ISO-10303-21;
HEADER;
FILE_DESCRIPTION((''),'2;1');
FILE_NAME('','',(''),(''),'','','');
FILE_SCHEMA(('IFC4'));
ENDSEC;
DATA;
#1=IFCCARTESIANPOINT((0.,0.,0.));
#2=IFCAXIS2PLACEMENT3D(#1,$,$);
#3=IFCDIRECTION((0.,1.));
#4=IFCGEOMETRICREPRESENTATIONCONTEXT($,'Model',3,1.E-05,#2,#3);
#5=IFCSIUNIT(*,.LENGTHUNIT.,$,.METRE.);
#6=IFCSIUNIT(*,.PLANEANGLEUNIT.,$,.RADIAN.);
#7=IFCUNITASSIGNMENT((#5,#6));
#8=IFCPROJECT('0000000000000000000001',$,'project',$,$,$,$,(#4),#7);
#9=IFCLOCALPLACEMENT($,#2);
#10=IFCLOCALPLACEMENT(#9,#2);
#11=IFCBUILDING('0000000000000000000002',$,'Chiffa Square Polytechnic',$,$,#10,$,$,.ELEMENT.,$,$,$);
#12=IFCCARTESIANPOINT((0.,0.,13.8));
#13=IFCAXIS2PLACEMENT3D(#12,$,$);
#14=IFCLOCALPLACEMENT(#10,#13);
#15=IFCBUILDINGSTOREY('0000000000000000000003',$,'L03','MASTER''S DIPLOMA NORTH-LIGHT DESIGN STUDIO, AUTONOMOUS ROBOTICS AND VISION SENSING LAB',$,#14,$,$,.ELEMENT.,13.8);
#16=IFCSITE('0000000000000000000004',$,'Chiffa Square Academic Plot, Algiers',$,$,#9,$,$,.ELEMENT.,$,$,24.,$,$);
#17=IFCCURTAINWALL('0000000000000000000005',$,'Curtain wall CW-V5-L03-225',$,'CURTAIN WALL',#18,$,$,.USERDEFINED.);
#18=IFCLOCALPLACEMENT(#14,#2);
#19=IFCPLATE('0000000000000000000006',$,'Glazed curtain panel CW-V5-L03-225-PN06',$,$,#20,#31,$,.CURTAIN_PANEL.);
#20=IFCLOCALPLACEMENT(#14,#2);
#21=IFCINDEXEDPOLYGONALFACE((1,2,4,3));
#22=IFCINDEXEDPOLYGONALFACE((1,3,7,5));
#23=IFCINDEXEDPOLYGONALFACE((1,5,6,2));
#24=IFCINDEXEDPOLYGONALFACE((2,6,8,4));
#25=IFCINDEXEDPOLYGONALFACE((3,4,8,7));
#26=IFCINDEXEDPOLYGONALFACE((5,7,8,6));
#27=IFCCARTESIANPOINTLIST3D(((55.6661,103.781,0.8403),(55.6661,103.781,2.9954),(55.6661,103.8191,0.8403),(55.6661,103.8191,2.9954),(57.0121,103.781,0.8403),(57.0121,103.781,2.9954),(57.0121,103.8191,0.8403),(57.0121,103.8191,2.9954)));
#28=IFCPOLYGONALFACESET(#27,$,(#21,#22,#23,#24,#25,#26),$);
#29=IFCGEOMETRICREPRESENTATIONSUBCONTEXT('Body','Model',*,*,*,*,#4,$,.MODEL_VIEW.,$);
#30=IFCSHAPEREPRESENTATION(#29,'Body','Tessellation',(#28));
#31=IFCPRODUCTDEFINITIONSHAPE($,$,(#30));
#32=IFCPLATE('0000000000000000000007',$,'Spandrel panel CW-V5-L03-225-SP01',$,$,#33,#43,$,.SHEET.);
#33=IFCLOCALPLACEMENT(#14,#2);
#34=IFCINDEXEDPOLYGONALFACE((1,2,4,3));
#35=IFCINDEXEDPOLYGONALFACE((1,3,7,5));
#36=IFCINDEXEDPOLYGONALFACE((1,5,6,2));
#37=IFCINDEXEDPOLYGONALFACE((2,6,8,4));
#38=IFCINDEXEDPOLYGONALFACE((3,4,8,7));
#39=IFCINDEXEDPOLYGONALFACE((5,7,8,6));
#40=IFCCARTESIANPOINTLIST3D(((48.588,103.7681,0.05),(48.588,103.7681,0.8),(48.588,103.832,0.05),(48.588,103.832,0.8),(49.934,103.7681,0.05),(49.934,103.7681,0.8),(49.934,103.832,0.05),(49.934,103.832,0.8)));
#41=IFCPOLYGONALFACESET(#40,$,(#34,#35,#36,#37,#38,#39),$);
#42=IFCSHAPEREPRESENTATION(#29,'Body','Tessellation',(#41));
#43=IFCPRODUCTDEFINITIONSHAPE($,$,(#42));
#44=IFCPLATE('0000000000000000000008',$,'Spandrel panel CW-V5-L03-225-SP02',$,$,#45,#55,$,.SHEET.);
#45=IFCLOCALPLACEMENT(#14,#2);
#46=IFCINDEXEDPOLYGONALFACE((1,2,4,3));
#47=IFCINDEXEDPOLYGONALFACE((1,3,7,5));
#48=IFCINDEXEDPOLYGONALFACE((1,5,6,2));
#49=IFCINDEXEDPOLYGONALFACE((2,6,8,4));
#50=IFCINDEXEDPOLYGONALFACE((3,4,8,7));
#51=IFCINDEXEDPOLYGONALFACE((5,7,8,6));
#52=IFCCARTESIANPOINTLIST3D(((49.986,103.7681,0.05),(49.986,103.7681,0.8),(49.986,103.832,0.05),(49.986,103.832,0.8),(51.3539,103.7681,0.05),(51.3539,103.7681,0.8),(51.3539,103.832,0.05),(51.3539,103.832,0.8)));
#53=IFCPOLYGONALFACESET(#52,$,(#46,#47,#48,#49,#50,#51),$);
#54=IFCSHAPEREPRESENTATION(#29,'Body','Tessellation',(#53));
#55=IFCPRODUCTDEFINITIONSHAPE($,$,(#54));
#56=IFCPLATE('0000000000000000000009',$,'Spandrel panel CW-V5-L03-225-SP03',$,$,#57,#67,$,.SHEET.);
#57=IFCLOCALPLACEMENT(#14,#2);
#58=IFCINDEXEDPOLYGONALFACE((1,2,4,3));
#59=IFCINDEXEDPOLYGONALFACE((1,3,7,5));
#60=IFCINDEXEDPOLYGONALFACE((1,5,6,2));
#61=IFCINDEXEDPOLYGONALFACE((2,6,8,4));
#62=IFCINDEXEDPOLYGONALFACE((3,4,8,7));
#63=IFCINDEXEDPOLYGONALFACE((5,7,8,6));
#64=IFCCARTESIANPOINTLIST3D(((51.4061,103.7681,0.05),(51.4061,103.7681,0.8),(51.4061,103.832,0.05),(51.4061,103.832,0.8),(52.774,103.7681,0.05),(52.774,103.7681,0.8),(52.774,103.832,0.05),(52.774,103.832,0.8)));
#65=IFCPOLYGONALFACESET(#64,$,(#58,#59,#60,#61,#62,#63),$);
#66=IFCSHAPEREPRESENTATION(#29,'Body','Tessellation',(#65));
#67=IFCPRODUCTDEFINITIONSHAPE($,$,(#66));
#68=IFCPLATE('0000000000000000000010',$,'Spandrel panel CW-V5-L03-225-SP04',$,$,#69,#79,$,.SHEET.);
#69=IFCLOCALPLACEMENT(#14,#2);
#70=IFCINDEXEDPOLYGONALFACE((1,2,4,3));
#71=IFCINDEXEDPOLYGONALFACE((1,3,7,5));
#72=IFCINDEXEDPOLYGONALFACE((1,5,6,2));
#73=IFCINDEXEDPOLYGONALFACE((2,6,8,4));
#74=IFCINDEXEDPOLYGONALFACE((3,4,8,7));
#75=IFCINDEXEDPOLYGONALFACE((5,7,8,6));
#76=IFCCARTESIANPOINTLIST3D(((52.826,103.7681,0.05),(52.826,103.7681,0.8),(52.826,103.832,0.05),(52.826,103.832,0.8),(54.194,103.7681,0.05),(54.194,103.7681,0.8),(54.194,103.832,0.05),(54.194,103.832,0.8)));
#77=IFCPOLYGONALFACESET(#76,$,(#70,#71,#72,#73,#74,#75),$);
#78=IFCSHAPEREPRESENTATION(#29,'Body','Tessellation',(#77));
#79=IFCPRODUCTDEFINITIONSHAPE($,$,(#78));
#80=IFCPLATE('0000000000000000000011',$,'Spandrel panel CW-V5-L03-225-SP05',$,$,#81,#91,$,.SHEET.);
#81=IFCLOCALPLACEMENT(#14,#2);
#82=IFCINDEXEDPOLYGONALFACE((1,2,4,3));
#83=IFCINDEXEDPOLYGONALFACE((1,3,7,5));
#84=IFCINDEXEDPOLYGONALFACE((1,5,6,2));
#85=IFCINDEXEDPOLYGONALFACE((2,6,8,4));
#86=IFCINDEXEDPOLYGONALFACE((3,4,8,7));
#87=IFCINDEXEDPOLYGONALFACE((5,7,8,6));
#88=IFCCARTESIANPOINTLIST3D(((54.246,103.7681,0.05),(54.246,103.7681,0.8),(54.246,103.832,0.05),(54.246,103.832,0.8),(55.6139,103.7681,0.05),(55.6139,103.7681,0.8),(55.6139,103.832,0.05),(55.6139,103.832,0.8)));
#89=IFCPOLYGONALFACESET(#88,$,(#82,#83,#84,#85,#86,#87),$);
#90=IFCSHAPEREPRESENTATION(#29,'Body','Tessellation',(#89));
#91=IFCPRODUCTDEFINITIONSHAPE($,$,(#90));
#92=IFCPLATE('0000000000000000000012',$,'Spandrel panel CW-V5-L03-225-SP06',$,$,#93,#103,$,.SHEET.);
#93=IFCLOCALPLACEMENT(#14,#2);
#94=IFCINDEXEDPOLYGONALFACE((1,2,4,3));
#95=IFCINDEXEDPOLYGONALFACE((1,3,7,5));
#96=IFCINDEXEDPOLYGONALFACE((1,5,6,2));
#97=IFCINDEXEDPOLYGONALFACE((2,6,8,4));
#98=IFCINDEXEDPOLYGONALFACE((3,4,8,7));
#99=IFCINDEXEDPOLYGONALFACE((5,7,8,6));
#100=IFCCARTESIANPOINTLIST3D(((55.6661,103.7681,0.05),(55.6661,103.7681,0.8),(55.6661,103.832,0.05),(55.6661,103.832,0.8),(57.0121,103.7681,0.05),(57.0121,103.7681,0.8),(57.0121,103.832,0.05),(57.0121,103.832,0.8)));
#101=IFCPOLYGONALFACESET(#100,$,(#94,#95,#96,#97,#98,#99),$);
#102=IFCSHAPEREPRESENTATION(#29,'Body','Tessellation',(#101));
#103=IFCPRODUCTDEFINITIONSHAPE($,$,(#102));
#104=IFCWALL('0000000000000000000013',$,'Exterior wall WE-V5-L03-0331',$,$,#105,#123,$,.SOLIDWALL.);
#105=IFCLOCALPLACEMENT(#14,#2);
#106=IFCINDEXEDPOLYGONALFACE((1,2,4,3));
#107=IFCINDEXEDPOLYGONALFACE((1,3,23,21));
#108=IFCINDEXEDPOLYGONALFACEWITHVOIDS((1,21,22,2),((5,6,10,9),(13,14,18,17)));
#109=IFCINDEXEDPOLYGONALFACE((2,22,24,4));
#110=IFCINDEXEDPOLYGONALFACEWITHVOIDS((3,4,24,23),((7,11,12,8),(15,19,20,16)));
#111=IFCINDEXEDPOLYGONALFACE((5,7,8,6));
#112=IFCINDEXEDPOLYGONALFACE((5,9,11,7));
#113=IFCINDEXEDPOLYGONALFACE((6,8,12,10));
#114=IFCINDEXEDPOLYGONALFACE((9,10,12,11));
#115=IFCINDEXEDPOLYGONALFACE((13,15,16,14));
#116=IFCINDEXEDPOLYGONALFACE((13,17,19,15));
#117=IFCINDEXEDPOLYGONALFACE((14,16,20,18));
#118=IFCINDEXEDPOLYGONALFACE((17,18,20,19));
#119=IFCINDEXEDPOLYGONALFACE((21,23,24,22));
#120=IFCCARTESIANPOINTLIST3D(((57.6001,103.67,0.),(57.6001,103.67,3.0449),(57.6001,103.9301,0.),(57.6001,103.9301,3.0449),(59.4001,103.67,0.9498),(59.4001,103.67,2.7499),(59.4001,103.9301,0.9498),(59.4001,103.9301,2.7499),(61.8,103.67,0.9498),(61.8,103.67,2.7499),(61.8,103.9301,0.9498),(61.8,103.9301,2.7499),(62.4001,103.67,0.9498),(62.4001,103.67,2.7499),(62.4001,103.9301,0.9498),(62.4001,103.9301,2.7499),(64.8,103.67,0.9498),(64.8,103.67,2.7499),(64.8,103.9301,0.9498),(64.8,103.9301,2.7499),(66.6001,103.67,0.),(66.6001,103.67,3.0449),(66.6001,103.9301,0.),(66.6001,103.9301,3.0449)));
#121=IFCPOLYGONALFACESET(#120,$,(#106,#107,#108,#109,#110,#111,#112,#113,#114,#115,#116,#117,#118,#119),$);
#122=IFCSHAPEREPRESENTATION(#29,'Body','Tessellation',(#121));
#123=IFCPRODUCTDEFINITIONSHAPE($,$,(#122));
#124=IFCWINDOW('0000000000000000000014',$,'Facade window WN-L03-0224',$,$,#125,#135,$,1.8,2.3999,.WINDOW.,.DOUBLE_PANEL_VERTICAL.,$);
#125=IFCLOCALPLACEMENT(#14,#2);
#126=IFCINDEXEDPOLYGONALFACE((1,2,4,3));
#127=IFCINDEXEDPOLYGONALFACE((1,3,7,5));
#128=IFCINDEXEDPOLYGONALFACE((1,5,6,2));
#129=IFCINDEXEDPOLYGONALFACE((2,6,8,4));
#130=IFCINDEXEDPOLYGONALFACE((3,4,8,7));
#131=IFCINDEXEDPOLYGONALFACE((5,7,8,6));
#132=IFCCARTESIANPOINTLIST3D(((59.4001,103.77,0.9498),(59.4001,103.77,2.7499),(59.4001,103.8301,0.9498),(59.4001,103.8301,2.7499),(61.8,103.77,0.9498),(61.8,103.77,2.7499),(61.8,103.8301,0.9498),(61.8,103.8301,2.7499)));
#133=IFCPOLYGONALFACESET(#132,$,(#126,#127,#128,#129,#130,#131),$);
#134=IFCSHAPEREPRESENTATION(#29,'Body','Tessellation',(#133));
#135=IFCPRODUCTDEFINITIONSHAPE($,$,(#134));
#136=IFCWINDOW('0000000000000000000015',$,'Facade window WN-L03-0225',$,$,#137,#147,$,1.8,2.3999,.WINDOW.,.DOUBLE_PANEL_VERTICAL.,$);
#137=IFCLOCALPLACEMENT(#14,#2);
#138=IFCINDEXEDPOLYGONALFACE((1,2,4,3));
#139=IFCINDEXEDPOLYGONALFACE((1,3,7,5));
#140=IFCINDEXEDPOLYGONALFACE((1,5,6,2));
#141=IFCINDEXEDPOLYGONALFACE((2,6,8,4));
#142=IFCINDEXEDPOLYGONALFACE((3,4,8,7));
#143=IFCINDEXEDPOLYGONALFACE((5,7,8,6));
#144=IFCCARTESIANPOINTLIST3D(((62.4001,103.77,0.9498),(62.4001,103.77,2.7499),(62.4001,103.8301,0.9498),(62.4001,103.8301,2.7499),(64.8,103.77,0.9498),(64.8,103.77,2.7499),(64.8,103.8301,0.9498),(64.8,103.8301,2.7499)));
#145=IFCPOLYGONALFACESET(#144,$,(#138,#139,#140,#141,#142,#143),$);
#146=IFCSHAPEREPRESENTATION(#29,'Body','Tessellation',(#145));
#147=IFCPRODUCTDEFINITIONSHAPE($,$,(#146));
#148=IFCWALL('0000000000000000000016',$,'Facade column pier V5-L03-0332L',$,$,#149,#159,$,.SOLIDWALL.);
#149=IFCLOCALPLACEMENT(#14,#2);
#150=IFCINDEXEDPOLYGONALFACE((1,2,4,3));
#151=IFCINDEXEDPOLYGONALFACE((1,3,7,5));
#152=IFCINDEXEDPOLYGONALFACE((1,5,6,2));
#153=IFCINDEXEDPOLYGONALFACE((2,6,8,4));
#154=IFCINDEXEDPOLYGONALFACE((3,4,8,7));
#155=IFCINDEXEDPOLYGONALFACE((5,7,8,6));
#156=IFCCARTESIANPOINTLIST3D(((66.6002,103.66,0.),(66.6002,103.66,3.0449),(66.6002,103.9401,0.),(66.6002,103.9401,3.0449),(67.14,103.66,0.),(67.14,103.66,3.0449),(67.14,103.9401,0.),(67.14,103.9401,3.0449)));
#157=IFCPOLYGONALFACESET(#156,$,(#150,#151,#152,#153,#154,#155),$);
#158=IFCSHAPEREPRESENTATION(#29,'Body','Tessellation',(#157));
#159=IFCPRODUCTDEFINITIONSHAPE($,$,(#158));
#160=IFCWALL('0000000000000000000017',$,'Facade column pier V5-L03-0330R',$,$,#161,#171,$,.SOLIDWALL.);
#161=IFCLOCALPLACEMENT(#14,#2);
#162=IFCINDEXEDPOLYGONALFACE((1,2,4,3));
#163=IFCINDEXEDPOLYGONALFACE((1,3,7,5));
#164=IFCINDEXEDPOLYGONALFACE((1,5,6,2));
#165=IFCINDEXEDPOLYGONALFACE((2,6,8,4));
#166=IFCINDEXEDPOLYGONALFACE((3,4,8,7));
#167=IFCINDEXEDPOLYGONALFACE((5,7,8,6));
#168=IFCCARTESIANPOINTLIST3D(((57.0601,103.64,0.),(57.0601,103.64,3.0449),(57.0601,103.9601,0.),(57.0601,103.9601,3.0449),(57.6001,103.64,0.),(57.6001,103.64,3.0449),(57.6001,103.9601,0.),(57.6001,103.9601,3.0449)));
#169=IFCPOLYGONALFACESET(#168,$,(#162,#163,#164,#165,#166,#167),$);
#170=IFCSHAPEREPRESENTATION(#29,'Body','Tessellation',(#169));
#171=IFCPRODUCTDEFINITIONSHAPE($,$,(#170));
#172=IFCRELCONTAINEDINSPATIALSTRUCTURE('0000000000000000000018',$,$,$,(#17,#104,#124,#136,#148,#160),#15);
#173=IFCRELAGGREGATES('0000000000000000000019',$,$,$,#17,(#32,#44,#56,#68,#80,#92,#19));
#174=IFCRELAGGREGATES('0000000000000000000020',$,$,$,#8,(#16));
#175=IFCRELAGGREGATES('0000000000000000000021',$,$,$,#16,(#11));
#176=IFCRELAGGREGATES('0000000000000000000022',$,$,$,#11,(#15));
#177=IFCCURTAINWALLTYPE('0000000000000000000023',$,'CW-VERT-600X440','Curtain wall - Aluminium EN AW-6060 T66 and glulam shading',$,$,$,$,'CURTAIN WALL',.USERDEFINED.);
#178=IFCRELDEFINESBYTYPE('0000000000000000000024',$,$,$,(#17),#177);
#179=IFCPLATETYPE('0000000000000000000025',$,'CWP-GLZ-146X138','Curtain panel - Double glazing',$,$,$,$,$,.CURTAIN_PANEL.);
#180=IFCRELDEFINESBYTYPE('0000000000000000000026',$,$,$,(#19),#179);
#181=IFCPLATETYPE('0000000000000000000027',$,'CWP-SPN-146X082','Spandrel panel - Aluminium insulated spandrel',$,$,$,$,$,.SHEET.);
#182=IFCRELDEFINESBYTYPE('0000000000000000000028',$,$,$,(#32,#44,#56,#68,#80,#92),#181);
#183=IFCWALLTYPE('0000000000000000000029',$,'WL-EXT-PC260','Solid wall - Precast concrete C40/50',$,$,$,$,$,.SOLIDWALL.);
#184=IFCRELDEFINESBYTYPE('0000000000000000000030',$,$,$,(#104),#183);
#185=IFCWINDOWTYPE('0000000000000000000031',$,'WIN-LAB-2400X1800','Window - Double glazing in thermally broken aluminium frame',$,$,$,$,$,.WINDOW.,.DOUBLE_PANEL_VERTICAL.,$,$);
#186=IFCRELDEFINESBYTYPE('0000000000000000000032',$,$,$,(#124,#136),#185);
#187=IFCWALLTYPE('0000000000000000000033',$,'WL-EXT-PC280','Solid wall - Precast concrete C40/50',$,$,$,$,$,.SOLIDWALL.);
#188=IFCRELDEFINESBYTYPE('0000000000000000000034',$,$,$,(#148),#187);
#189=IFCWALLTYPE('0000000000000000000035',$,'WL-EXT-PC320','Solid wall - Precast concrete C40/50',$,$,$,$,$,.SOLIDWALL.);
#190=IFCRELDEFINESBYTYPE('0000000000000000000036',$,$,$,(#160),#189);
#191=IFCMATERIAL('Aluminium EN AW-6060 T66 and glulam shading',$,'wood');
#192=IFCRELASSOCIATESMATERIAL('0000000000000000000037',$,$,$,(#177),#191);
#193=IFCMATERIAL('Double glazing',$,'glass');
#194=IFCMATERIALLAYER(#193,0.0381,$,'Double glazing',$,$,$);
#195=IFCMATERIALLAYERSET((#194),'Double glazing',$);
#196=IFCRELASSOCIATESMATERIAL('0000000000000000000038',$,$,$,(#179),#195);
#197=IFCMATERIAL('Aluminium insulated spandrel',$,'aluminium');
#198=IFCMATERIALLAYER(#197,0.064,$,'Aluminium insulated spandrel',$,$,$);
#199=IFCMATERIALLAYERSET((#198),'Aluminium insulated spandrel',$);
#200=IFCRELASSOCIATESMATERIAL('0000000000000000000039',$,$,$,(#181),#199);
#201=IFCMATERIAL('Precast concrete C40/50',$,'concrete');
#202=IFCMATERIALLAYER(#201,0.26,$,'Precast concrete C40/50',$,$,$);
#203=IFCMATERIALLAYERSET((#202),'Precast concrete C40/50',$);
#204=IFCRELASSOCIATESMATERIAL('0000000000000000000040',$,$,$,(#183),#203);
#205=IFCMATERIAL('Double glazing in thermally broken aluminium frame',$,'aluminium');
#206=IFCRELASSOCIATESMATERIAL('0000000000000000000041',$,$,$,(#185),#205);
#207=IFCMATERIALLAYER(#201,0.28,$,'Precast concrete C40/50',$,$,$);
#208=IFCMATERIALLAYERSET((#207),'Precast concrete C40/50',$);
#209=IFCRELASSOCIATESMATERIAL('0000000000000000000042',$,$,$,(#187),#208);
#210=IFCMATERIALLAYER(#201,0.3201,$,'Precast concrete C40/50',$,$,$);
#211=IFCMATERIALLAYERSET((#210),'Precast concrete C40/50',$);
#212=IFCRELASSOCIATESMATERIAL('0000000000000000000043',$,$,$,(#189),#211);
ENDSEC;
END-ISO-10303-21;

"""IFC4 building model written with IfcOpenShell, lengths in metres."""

from ifc_helpers import new_model, si_unit, direction, frame, frame_2d, origin, origin_2d, place, context, subcontext, project, spatial, rectangle, extrude, material, layer, layer_set, type_object, element, fill, aggregate, save


model = new_model("IFC4")

# Units and contexts
model_context = context("Model", 3, precision=1e-05, world=origin(), true_north=direction((0.0, 1.0)))
body_context = subcontext(model_context, "Body", "Model", "MODEL_VIEW")
ifc_project = project(units=[si_unit("LENGTHUNIT", "METRE"), si_unit("PLANEANGLEUNIT", "RADIAN")], contexts=[model_context])

# Site, building, storey
site_placement = place(None, origin())
site = spatial("IfcSite", under=ifc_project, at=site_placement, Name="Chiffa Square Academic Plot, Algiers", CompositionType="ELEMENT", RefElevation=24.0)
building_placement = place(site_placement, origin())
building = spatial("IfcBuilding", under=site, at=building_placement, Name="Chiffa Square Polytechnic", CompositionType="ELEMENT")
storey_placement = place(building_placement, frame((0.0, 0.0, 13.8)))
storey = spatial("IfcBuildingStorey", under=building, at=storey_placement, Name="L03", Description="MASTER'S DIPLOMA NORTH-LIGHT DESIGN STUDIO, AUTONOMOUS ROBOTICS AND VISION SENSING LAB", CompositionType="ELEMENT", Elevation=13.8)

# Curtain wall
ifc_material_1 = material(Name="Aluminium EN AW-6060 T66 and glulam shading", Category="wood")
curtain_wall_type = type_object("IfcCurtainWallType", Name="CW-VERT-600X440", Description="Curtain wall - Aluminium EN AW-6060 T66 and glulam shading", ElementType="CURTAIN WALL", PredefinedType="USERDEFINED", material=ifc_material_1)
curtain_wall_placement = place(storey_placement, origin())
curtain_wall = element("IfcCurtainWall", 1, at=curtain_wall_placement, inside=storey, type_object=curtain_wall_type, Name="Curtain wall CW-V5-L03-225", ObjectType="CURTAIN WALL", PredefinedType="USERDEFINED")

# Plates
ifc_material_2 = material(Name="Double glazing", Category="glass")
ifc_layer_1 = layer(ifc_material_2, 0.0381, Name="Double glazing")
ifc_layer_set_1 = layer_set([ifc_layer_1], Name="Double glazing")
plate_type_1 = type_object("IfcPlateType", Name="CWP-GLZ-146X138", Description="Curtain panel - Double glazing", PredefinedType="CURTAIN_PANEL", material=ifc_layer_set_1)
plate_1_placement = place(storey_placement, frame((56.3391, 103.8, 0.8403), z_axis=(0.0, 0.0, 1.0), x_axis=(1.0, 0.0, 0.0)))
plate_1 = element("IfcPlate", 2, at=plate_1_placement, type_object=plate_type_1, Name="Glazed curtain panel CW-V5-L03-225-PN06", PredefinedType="CURTAIN_PANEL", context=body_context, shape_type="SweptSolid", body=[
    extrude(rectangle(XDim=1.3459, YDim=0.0381, at=origin_2d()), origin(), (0.0, 0.0, 1.0), 2.155),
])
ifc_material_3 = material(Name="Aluminium insulated spandrel", Category="aluminium")
ifc_layer_2 = layer(ifc_material_3, 0.064, Name="Aluminium insulated spandrel")
ifc_layer_set_2 = layer_set([ifc_layer_2], Name="Aluminium insulated spandrel")
plate_type_2 = type_object("IfcPlateType", Name="CWP-SPN-146X082", Description="Spandrel panel - Aluminium insulated spandrel", PredefinedType="SHEET", material=ifc_layer_set_2)
plate_2_placement = place(storey_placement, frame((49.261, 103.8, 0.05), z_axis=(0.0, 0.0, 1.0), x_axis=(1.0, 0.0, 0.0)))
plate_2 = element("IfcPlate", 3, at=plate_2_placement, type_object=plate_type_2, Name="Spandrel panel CW-V5-L03-225-SP01", PredefinedType="SHEET", context=body_context, shape_type="SweptSolid", body=[
    extrude(rectangle(XDim=1.3459, YDim=0.064, at=origin_2d()), origin(), (0.0, 0.0, 1.0), 0.75),
])
plate_3_placement = place(storey_placement, frame((50.6699, 103.8, 0.05), z_axis=(0.0, 0.0, 1.0), x_axis=(1.0, 0.0, 0.0)))
plate_3 = element("IfcPlate", 4, at=plate_3_placement, type_object=plate_type_2, Name="Spandrel panel CW-V5-L03-225-SP02", PredefinedType="SHEET", context=body_context, shape_type="SweptSolid", body=[
    extrude(rectangle(XDim=1.3679, YDim=0.064, at=origin_2d()), origin(), (0.0, 0.0, 1.0), 0.75),
])
plate_4_placement = place(storey_placement, frame((52.0901, 103.8, 0.05), z_axis=(0.0, 0.0, 1.0), x_axis=(1.0, 0.0, 0.0)))
plate_4 = element("IfcPlate", 5, at=plate_4_placement, type_object=plate_type_2, Name="Spandrel panel CW-V5-L03-225-SP03", PredefinedType="SHEET", context=body_context, shape_type="SweptSolid", body=[
    extrude(rectangle(XDim=1.3679, YDim=0.064, at=origin_2d()), origin(), (0.0, 0.0, 1.0), 0.75),
])
plate_5_placement = place(storey_placement, frame((53.51, 103.8, 0.05), z_axis=(0.0, 0.0, 1.0), x_axis=(1.0, 0.0, 0.0)))
plate_5 = element("IfcPlate", 6, at=plate_5_placement, type_object=plate_type_2, Name="Spandrel panel CW-V5-L03-225-SP04", PredefinedType="SHEET", context=body_context, shape_type="SweptSolid", body=[
    extrude(rectangle(XDim=1.3679, YDim=0.064, at=origin_2d()), origin(), (0.0, 0.0, 1.0), 0.75),
])
plate_6_placement = place(storey_placement, frame((54.9299, 103.8, 0.05), z_axis=(0.0, 0.0, 1.0), x_axis=(1.0, 0.0, 0.0)))
plate_6 = element("IfcPlate", 7, at=plate_6_placement, type_object=plate_type_2, Name="Spandrel panel CW-V5-L03-225-SP05", PredefinedType="SHEET", context=body_context, shape_type="SweptSolid", body=[
    extrude(rectangle(XDim=1.3679, YDim=0.064, at=origin_2d()), origin(), (0.0, 0.0, 1.0), 0.75),
])
plate_7_placement = place(storey_placement, frame((56.3391, 103.8, 0.05), z_axis=(0.0, 0.0, 1.0), x_axis=(1.0, 0.0, 0.0)))
plate_7 = element("IfcPlate", 8, at=plate_7_placement, type_object=plate_type_2, Name="Spandrel panel CW-V5-L03-225-SP06", PredefinedType="SHEET", context=body_context, shape_type="SweptSolid", body=[
    extrude(rectangle(XDim=1.3459, YDim=0.064, at=origin_2d()), origin(), (0.0, 0.0, 1.0), 0.75),
])
aggregate(curtain_wall, [plate_2, plate_3, plate_4, plate_5, plate_6, plate_7, plate_1])

# Wall, openings, windows
ifc_material_4 = material(Name="Precast concrete C40/50", Category="concrete")
ifc_layer_3 = layer(ifc_material_4, 0.26, Name="Precast concrete C40/50")
ifc_layer_set_3 = layer_set([ifc_layer_3], Name="Precast concrete C40/50")
wall_type_1 = type_object("IfcWallType", Name="WL-EXT-PC260", Description="Solid wall - Precast concrete C40/50", PredefinedType="SOLIDWALL", material=ifc_layer_set_3)
wall_1_placement = place(storey_placement, frame((57.6001, 103.8, 0.0), z_axis=(0.0, 0.0, 1.0), x_axis=(1.0, 0.0, 0.0)))
wall_1 = element("IfcWall", 9, at=wall_1_placement, inside=storey, type_object=wall_type_1, Name="Exterior wall WE-V5-L03-0331", PredefinedType="SOLIDWALL", context=body_context, shape_type="SweptSolid", body=[
    extrude(rectangle(XDim=9.0, YDim=0.26, at=frame_2d((4.5, 0.0))), origin(), (0.0, 0.0, 1.0), 3.0449),
])
opening_1_placement = place(wall_1_placement, frame((1.8, 0.0, 0.95)))
opening_1 = element("IfcOpeningElement", 10, at=opening_1_placement, cuts=wall_1, PredefinedType="OPENING", context=body_context, shape_type="SweptSolid", body=[
    extrude(rectangle(XDim=2.3999, YDim=1.8, at=frame_2d((1.2, 0.8999))), frame((0.0, 0.1401, 0.0), z_axis=(0.0, -1.0, 0.0), x_axis=(1.0, 0.0, 0.0)), (0.0, 0.0, 1.0), 0.28),
])
opening_2_placement = place(wall_1_placement, frame((4.8, 0.0, 0.95)))
opening_2 = element("IfcOpeningElement", 11, at=opening_2_placement, cuts=wall_1, PredefinedType="OPENING", context=body_context, shape_type="SweptSolid", body=[
    extrude(rectangle(XDim=2.3999, YDim=1.8, at=frame_2d((1.2, 0.8999))), frame((0.0, 0.1401, 0.0), z_axis=(0.0, -1.0, 0.0), x_axis=(1.0, 0.0, 0.0)), (0.0, 0.0, 1.0), 0.28),
])
ifc_material_5 = material(Name="Double glazing in thermally broken aluminium frame", Category="aluminium")
window_type = type_object("IfcWindowType", Name="WIN-LAB-2400X1800", Description="Window - Double glazing in thermally broken aluminium frame", PartitioningType="DOUBLE_PANEL_VERTICAL", PredefinedType="WINDOW", material=ifc_material_5)
window_1_placement = place(opening_1_placement, origin())
window_1 = element("IfcWindow", 12, at=window_1_placement, inside=storey, type_object=window_type, Name="Facade window WN-L03-0224", OverallHeight=1.8, OverallWidth=2.3999, PartitioningType="DOUBLE_PANEL_VERTICAL", PredefinedType="WINDOW", context=body_context, shape_type="SweptSolid", body=[
    extrude(rectangle(XDim=2.3999, YDim=1.8, at=frame_2d((1.2, 0.8999))), frame((0.0, 0.03, 0.0), z_axis=(0.0, -1.0, 0.0), x_axis=(1.0, 0.0, 0.0)), (0.0, 0.0, 1.0), 0.0601),
])
fill(opening_1, window_1)
window_2_placement = place(opening_2_placement, origin())
window_2 = element("IfcWindow", 13, at=window_2_placement, inside=storey, type_object=window_type, Name="Facade window WN-L03-0225", OverallHeight=1.8, OverallWidth=2.3999, PartitioningType="DOUBLE_PANEL_VERTICAL", PredefinedType="WINDOW", context=body_context, shape_type="SweptSolid", body=[
    extrude(rectangle(XDim=2.3999, YDim=1.8, at=frame_2d((1.2, 0.8999))), frame((0.0, 0.03, 0.0), z_axis=(0.0, -1.0, 0.0), x_axis=(1.0, 0.0, 0.0)), (0.0, 0.0, 1.0), 0.0601),
])
fill(opening_2, window_2)

# Walls
ifc_layer_4 = layer(ifc_material_4, 0.28, Name="Precast concrete C40/50")
ifc_layer_set_4 = layer_set([ifc_layer_4], Name="Precast concrete C40/50")
wall_type_2 = type_object("IfcWallType", Name="WL-EXT-PC280", Description="Solid wall - Precast concrete C40/50", PredefinedType="SOLIDWALL", material=ifc_layer_set_4)
wall_2_placement = place(storey_placement, frame((66.6001, 103.8, 0.0), z_axis=(0.0, 0.0, 1.0), x_axis=(1.0, 0.0, 0.0)))
element("IfcWall", 14, at=wall_2_placement, inside=storey, type_object=wall_type_2, Name="Facade column pier V5-L03-0332L", PredefinedType="SOLIDWALL", context=body_context, shape_type="SweptSolid", body=[
    extrude(rectangle(XDim=0.5398, YDim=0.28, at=frame_2d((0.27, 0.0))), origin(), (0.0, 0.0, 1.0), 3.0449),
])
ifc_layer_5 = layer(ifc_material_4, 0.3201, Name="Precast concrete C40/50")
ifc_layer_set_5 = layer_set([ifc_layer_5], Name="Precast concrete C40/50")
wall_type_3 = type_object("IfcWallType", Name="WL-EXT-PC320", Description="Solid wall - Precast concrete C40/50", PredefinedType="SOLIDWALL", material=ifc_layer_set_5)
wall_3_placement = place(storey_placement, frame((57.0601, 103.8, 0.0), z_axis=(0.0, 0.0, 1.0), x_axis=(1.0, 0.0, 0.0)))
element("IfcWall", 15, at=wall_3_placement, inside=storey, type_object=wall_type_3, Name="Facade column pier V5-L03-0330R", PredefinedType="SOLIDWALL", context=body_context, shape_type="SweptSolid", body=[
    extrude(rectangle(XDim=0.54, YDim=0.3201, at=frame_2d((0.27, 0.0))), origin(), (0.0, 0.0, 1.0), 3.0449),
])

save(model, "model.ifc")
